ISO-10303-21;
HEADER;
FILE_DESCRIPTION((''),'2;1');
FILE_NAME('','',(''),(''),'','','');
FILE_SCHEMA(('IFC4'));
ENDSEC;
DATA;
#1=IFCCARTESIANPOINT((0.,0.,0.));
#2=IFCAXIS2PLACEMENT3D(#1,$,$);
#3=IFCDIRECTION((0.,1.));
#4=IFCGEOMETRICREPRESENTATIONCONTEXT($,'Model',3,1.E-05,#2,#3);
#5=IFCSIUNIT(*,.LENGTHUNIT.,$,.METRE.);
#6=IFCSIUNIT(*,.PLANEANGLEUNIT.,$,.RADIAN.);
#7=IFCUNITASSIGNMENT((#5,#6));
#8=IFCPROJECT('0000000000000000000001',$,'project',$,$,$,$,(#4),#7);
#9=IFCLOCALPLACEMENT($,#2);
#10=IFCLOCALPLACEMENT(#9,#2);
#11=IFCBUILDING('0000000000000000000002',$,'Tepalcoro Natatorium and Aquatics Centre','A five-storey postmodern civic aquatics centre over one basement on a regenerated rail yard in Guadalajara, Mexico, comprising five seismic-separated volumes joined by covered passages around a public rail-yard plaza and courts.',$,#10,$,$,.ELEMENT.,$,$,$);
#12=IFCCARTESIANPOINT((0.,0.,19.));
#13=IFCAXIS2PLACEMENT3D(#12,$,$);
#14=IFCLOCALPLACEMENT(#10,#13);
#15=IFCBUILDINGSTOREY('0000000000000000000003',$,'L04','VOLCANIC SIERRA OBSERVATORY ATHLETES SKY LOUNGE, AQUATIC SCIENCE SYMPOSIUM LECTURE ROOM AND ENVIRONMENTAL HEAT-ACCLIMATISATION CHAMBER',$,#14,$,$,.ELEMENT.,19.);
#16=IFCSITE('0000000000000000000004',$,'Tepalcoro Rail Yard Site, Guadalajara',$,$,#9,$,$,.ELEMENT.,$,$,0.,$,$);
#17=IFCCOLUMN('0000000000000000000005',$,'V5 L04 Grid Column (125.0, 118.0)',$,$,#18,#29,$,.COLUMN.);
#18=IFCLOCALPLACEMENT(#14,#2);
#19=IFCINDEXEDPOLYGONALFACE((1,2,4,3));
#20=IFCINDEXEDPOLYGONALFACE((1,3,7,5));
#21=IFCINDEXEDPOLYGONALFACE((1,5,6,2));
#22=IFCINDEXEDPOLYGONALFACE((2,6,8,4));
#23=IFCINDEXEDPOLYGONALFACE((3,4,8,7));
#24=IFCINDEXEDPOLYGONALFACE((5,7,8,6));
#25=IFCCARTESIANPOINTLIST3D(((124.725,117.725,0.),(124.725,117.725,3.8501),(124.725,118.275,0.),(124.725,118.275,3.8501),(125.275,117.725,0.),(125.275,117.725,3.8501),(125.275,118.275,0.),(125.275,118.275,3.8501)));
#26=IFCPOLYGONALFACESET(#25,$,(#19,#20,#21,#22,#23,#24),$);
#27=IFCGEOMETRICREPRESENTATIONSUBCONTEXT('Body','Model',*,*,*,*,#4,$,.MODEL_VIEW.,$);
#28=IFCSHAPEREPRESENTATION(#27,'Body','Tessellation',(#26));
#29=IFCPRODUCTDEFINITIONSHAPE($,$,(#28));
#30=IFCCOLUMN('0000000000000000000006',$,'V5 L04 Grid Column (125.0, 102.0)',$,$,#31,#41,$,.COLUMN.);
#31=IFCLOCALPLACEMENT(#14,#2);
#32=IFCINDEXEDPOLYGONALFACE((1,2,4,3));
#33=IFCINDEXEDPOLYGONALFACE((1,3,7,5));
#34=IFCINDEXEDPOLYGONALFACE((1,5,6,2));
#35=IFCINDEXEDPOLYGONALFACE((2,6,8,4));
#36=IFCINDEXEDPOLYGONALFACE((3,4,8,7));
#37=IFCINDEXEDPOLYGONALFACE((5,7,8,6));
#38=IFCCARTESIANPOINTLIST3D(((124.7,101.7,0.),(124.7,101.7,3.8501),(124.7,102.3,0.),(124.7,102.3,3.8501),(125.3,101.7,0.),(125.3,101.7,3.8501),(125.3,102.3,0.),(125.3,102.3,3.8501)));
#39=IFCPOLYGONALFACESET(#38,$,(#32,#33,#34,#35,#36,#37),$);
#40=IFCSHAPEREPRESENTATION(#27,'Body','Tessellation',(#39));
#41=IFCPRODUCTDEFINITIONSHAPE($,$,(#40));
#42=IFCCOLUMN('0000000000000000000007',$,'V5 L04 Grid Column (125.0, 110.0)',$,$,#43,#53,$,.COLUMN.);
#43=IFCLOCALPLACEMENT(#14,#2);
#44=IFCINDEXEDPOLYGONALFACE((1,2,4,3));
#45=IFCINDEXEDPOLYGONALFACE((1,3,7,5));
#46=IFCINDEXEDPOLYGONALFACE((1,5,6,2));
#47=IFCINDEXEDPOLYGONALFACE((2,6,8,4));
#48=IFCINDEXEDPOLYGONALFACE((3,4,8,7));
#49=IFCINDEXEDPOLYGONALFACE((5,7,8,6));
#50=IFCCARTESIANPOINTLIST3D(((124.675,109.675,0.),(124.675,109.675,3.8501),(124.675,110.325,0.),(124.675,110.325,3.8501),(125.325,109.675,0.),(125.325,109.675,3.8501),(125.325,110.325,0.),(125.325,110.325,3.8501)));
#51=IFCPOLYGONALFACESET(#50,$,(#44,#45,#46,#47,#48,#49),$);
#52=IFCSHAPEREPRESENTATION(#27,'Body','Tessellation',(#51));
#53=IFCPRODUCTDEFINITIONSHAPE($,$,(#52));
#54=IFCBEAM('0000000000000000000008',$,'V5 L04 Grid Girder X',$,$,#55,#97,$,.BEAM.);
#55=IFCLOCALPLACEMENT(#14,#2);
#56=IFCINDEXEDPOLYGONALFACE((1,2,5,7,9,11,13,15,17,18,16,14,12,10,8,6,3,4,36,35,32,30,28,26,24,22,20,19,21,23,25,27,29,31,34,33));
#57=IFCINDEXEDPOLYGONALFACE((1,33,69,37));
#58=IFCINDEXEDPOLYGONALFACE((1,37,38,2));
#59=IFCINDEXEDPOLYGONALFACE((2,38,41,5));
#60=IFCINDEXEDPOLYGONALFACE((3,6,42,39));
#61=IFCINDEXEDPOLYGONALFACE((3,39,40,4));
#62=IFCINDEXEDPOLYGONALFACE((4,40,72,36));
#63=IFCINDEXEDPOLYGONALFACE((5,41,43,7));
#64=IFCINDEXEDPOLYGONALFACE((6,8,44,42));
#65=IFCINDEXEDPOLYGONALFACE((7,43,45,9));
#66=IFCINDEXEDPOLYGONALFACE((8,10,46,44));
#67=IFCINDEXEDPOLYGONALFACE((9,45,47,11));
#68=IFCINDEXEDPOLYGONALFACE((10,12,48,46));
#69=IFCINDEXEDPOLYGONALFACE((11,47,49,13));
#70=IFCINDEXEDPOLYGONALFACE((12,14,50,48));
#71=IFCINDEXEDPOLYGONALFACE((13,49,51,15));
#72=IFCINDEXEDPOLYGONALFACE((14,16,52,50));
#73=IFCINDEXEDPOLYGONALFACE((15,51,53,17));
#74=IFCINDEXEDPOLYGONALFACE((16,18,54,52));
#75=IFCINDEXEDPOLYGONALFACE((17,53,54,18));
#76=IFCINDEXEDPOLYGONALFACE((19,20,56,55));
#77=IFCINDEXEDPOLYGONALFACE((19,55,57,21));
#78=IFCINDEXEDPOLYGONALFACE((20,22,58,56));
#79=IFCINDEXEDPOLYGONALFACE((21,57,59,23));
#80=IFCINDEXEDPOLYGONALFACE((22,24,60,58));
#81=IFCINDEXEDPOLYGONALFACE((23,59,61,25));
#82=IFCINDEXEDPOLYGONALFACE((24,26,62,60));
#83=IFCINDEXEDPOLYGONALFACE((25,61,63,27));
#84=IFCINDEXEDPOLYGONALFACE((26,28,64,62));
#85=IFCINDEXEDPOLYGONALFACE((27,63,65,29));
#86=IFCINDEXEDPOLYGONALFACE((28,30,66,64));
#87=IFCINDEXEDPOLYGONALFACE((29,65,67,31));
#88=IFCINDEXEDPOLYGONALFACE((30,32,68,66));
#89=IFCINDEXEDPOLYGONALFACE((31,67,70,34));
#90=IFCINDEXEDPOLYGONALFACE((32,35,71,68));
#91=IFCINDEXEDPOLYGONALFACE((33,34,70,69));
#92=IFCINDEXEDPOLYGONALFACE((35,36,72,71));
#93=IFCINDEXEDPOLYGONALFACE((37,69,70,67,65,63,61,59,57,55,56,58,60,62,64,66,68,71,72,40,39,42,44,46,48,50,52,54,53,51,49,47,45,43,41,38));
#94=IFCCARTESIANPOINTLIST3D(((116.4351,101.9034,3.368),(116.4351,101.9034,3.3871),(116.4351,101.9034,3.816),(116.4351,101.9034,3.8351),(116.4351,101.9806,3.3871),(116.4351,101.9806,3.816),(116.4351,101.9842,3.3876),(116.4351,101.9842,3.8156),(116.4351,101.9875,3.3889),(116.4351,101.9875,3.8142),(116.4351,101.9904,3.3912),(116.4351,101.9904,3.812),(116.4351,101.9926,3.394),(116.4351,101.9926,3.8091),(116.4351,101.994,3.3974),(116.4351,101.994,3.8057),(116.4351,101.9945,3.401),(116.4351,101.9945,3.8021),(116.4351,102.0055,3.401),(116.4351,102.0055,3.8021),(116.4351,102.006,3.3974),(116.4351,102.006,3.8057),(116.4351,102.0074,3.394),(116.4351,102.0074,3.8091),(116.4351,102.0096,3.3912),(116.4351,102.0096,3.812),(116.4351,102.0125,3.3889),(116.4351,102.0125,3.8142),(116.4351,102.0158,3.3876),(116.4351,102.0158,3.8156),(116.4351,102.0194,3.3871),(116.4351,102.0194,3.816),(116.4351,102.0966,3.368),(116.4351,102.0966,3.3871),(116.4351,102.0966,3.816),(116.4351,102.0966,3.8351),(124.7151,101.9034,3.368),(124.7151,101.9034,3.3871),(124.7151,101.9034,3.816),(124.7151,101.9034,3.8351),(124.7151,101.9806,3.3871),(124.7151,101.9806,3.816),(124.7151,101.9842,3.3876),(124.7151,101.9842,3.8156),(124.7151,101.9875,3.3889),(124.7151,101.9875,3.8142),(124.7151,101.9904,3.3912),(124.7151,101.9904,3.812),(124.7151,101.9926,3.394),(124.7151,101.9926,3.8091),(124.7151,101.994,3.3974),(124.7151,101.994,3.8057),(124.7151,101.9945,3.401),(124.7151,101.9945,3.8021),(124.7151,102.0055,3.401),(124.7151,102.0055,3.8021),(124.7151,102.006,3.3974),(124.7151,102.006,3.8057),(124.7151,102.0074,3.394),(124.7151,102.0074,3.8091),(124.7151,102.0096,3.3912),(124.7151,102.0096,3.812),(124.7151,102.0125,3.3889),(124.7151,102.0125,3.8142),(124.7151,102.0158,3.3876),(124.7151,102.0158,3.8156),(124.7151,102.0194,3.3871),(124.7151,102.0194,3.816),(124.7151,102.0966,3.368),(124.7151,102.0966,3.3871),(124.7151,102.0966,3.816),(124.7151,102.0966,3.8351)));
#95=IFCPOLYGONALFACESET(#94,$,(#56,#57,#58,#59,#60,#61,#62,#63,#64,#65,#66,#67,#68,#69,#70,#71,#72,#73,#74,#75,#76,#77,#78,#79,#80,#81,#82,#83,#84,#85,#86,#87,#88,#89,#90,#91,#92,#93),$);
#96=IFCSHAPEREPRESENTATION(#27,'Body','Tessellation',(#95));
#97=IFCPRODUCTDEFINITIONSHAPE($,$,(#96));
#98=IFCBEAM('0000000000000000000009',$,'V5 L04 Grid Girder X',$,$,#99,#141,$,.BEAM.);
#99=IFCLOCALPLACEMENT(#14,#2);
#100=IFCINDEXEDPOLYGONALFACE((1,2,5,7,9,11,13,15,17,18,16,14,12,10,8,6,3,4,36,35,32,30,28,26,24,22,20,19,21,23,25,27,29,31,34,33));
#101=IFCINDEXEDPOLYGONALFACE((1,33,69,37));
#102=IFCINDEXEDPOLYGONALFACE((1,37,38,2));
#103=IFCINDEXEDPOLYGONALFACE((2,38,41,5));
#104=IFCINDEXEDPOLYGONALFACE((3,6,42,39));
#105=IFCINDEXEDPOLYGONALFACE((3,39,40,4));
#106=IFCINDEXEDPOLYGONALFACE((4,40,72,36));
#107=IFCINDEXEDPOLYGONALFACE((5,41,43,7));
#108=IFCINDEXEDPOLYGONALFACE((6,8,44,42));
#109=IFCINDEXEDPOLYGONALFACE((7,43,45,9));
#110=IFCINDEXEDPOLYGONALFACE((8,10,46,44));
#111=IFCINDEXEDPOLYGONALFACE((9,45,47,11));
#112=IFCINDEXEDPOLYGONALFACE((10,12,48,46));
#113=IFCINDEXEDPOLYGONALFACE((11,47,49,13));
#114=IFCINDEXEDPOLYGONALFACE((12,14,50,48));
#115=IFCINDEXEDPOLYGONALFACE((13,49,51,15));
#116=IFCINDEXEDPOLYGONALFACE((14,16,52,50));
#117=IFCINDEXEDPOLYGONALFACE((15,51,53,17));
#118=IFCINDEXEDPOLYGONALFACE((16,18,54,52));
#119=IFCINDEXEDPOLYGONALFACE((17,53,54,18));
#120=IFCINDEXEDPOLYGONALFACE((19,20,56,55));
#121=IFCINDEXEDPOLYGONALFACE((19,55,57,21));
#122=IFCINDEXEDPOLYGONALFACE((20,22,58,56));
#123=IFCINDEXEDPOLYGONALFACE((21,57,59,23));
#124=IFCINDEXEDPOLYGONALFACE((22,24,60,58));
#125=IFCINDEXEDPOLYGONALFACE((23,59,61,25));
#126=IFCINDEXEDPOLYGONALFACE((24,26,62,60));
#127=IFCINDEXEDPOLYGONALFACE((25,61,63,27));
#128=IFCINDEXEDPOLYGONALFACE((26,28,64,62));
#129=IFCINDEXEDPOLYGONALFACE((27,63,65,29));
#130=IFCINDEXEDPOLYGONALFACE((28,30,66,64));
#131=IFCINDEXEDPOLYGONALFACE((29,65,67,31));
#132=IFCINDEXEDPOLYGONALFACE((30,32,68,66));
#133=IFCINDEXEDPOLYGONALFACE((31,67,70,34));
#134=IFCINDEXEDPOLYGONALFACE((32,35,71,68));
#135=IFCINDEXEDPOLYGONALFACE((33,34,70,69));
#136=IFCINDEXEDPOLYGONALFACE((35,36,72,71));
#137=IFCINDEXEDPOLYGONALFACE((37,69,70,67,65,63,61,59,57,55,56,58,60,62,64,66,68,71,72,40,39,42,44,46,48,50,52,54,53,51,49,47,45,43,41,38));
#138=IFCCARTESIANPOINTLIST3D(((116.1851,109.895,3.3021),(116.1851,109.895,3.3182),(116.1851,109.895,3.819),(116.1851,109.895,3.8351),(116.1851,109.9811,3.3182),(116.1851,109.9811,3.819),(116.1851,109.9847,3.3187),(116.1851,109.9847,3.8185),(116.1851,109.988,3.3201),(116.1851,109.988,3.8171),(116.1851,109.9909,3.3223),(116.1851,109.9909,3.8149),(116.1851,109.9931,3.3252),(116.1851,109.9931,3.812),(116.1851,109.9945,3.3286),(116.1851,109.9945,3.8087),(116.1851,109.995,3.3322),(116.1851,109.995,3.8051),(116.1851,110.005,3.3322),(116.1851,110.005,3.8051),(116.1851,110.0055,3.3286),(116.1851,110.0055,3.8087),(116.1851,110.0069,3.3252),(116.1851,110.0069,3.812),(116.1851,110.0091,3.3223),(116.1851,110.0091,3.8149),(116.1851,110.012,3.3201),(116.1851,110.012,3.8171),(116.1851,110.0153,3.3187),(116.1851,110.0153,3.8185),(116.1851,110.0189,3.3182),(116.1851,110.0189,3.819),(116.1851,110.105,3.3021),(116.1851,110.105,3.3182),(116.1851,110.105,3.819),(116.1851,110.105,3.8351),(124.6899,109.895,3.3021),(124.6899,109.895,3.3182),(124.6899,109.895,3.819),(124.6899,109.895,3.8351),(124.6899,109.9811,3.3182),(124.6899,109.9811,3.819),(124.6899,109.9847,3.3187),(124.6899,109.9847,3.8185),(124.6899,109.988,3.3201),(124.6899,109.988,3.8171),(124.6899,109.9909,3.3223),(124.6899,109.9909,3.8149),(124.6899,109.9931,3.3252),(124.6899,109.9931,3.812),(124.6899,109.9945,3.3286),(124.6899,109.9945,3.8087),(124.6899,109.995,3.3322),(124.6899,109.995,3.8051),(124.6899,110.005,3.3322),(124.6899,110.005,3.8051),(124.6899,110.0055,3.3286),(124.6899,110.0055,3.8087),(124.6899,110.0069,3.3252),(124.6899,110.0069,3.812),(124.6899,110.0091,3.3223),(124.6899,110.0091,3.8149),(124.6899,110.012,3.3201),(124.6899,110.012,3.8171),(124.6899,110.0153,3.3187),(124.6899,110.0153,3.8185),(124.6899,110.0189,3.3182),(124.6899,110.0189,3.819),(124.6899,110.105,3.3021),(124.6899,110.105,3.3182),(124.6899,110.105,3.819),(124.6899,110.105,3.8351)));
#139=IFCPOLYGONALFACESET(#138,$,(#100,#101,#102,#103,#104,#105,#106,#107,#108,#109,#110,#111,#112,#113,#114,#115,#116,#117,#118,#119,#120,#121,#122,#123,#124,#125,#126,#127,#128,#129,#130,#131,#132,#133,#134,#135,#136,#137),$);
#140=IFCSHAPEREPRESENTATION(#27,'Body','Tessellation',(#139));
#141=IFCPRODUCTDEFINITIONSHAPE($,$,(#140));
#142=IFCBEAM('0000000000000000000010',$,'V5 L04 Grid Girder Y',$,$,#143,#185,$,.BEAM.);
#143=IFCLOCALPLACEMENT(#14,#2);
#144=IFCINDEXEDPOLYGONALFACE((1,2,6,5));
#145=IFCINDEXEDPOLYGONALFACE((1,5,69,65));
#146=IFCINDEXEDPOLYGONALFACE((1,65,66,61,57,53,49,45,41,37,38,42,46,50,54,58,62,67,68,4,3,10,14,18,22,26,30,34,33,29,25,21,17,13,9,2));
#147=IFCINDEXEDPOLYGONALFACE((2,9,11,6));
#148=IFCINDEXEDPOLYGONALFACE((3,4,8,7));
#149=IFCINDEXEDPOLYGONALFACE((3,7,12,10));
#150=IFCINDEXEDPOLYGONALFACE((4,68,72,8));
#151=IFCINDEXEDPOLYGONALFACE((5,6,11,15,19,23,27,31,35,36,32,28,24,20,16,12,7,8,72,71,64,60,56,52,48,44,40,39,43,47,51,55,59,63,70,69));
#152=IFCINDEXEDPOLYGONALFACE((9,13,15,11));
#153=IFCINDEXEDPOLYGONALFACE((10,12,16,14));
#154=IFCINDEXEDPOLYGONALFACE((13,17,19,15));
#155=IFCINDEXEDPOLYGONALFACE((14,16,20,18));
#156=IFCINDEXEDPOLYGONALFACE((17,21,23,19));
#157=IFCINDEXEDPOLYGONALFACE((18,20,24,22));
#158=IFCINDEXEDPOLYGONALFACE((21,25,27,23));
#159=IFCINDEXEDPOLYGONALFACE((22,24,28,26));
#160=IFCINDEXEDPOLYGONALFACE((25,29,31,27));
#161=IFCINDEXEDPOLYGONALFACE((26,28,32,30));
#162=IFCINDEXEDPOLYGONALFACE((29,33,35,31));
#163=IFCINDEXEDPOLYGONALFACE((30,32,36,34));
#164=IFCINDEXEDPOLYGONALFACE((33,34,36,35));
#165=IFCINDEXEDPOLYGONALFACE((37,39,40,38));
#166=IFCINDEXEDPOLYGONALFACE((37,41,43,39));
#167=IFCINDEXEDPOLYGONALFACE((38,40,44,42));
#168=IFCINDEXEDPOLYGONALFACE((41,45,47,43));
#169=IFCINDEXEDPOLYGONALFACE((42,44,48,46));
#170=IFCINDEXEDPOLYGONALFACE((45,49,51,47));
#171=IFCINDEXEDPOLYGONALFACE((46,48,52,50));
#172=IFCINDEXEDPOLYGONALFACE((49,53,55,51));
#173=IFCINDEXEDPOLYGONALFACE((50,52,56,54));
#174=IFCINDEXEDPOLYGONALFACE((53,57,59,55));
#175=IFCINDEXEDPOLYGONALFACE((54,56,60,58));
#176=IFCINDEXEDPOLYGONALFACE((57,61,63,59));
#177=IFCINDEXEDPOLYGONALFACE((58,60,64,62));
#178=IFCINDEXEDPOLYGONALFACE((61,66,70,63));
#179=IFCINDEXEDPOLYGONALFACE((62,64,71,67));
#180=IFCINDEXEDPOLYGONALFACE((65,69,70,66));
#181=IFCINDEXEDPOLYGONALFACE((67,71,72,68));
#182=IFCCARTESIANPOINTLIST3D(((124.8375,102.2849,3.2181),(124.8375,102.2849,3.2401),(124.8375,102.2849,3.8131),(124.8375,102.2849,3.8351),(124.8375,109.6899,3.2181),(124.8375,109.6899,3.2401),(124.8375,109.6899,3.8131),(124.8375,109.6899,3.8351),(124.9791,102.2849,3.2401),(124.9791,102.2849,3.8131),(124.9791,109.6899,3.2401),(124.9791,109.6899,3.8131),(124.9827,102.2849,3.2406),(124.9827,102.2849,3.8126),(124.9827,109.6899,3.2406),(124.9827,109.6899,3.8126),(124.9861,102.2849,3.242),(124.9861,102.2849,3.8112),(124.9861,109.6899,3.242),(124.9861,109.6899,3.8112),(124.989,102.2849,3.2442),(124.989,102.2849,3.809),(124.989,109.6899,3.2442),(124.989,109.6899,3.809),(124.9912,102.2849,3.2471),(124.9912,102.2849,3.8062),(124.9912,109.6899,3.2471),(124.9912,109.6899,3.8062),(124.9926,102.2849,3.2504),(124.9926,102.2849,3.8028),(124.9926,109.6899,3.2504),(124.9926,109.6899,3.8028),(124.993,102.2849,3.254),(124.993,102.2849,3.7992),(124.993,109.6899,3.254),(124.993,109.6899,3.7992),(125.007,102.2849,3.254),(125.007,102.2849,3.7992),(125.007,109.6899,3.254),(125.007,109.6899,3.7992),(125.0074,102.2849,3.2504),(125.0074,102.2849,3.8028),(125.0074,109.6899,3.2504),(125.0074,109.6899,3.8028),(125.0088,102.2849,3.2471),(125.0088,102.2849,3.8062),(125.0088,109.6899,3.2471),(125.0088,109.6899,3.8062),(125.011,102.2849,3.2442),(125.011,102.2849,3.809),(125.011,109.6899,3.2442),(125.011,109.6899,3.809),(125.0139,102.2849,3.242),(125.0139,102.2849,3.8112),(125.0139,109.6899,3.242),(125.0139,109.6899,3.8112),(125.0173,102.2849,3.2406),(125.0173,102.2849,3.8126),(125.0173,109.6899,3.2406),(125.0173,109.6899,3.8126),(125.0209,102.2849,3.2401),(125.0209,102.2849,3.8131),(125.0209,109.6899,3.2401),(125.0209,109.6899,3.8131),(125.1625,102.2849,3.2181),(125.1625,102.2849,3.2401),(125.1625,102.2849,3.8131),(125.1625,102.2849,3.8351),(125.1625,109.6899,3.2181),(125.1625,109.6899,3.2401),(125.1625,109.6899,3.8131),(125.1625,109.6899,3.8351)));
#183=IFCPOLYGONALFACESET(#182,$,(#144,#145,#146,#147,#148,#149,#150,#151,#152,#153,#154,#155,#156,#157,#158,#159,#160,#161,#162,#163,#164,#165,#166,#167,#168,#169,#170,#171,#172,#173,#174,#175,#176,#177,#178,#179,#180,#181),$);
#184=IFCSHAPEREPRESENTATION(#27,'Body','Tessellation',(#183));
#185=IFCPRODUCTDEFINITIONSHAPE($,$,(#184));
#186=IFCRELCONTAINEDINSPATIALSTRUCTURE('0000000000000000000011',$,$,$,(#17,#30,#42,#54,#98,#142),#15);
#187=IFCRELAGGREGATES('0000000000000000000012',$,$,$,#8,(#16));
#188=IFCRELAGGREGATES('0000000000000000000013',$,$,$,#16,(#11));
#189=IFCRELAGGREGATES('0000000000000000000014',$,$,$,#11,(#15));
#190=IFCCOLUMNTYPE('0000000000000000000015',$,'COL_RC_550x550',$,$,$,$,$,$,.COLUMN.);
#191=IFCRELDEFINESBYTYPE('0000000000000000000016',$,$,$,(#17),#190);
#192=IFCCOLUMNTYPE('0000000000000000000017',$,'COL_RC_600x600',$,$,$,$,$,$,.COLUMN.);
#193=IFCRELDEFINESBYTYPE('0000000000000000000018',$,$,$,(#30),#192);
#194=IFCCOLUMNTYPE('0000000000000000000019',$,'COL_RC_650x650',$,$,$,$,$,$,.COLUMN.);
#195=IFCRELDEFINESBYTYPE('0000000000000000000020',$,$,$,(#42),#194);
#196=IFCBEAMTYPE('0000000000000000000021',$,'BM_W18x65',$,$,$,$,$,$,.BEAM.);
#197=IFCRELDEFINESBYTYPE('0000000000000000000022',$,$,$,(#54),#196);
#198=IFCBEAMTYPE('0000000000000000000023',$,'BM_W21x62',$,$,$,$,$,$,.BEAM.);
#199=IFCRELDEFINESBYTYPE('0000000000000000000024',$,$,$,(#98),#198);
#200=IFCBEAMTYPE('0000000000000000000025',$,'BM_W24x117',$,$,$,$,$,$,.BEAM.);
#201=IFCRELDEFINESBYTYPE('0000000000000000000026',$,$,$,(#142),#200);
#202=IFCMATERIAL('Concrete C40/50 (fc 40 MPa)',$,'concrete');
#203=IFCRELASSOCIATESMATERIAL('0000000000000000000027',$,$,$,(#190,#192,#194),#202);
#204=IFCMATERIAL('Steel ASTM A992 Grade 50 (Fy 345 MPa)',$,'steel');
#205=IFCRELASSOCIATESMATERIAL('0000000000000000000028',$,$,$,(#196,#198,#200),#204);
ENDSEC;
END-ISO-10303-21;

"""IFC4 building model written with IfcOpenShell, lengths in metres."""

from ifc_helpers import new_model, si_unit, direction, frame, origin, origin_2d, place, context, subcontext, project, spatial, rectangle, i_section, extrude, material, material_profile, profile_set, type_object, element, save


model = new_model("IFC4")

# Units and contexts
model_context = context("Model", 3, precision=1e-05, world=origin(), true_north=direction((0.0, 1.0)))
body_context = subcontext(model_context, "Body", "Model", "MODEL_VIEW")
ifc_project = project(units=[si_unit("LENGTHUNIT", "METRE"), si_unit("PLANEANGLEUNIT", "RADIAN")], contexts=[model_context])

# Site, building, storey
site_placement = place(None, origin())
site = spatial("IfcSite", under=ifc_project, at=site_placement, Name="Tepalcoro Rail Yard Site, Guadalajara", CompositionType="ELEMENT", RefElevation=0.0)
building_placement = place(site_placement, origin())
building = spatial("IfcBuilding", under=site, at=building_placement, Name="Tepalcoro Natatorium and Aquatics Centre", Description="A five-storey postmodern civic aquatics centre over one basement on a regenerated rail yard in Guadalajara, Mexico, comprising five seismic-separated volumes joined by covered passages around a public rail-yard plaza and courts.", CompositionType="ELEMENT")
storey_placement = place(building_placement, frame((0.0, 0.0, 19.0)))
storey = spatial("IfcBuildingStorey", under=building, at=storey_placement, Name="L04", Description="VOLCANIC SIERRA OBSERVATORY ATHLETES SKY LOUNGE, AQUATIC SCIENCE SYMPOSIUM LECTURE ROOM AND ENVIRONMENTAL HEAT-ACCLIMATISATION CHAMBER", CompositionType="ELEMENT", Elevation=19.0)

# Columns
ifc_material_1 = material(Name="Concrete C40/50 (fc 40 MPa)", Category="concrete")
ifc_material_profile_1 = material_profile(ifc_material_1, rectangle(XDim=0.55, YDim=0.55, at=origin_2d()), Name="RC550x550")
ifc_profile_set_1 = profile_set([ifc_material_profile_1], Name="Concrete C40/50 (fc 40 MPa)")
column_type_1 = type_object("IfcColumnType", Name="COL_RC_550x550", PredefinedType="COLUMN", material=ifc_profile_set_1)
column_1_placement = place(storey_placement, frame((125.0, 118.0, 0.0), z_axis=(0.0, 0.0, 1.0), x_axis=(1.0, 0.0, 0.0)))
element("IfcColumn", 1, at=column_1_placement, inside=storey, type_object=column_type_1, Name="V5 L04 Grid Column (125.0, 118.0)", PredefinedType="COLUMN", context=body_context, shape_type="SweptSolid", body=[
    extrude(rectangle(XDim=0.55, YDim=0.55, at=origin_2d()), origin(), (0.0, 0.0, 1.0), 3.8501),
])
ifc_material_profile_2 = material_profile(ifc_material_1, rectangle(XDim=0.6001, YDim=0.6001, at=origin_2d()), Name="RC600x600")
ifc_profile_set_2 = profile_set([ifc_material_profile_2], Name="Concrete C40/50 (fc 40 MPa)")
column_type_2 = type_object("IfcColumnType", Name="COL_RC_600x600", PredefinedType="COLUMN", material=ifc_profile_set_2)
column_2_placement = place(storey_placement, frame((125.0, 102.0, 0.0), z_axis=(0.0, 0.0, 1.0), x_axis=(1.0, 0.0, 0.0)))
element("IfcColumn", 2, at=column_2_placement, inside=storey, type_object=column_type_2, Name="V5 L04 Grid Column (125.0, 102.0)", PredefinedType="COLUMN", context=body_context, shape_type="SweptSolid", body=[
    extrude(rectangle(XDim=0.6001, YDim=0.6001, at=origin_2d()), origin(), (0.0, 0.0, 1.0), 3.8501),
])
ifc_material_profile_3 = material_profile(ifc_material_1, rectangle(XDim=0.6499, YDim=0.6499, at=origin_2d()), Name="RC650x650")
ifc_profile_set_3 = profile_set([ifc_material_profile_3], Name="Concrete C40/50 (fc 40 MPa)")
column_type_3 = type_object("IfcColumnType", Name="COL_RC_650x650", PredefinedType="COLUMN", material=ifc_profile_set_3)
column_3_placement = place(storey_placement, frame((125.0, 110.0, 0.0), z_axis=(0.0, 0.0, 1.0), x_axis=(1.0, 0.0, 0.0)))
element("IfcColumn", 3, at=column_3_placement, inside=storey, type_object=column_type_3, Name="V5 L04 Grid Column (125.0, 110.0)", PredefinedType="COLUMN", context=body_context, shape_type="SweptSolid", body=[
    extrude(rectangle(XDim=0.6499, YDim=0.6499, at=origin_2d()), origin(), (0.0, 0.0, 1.0), 3.8501),
])

# Beams
ifc_material_2 = material(Name="Steel ASTM A992 Grade 50 (Fy 345 MPa)", Category="steel")
ifc_material_profile_4 = material_profile(ifc_material_2, i_section(OverallWidth=0.1931, OverallDepth=0.467, WebThickness=0.011, FlangeThickness=0.019, FilletRadius=0.0139, at=origin_2d()), Name="W18X65")
ifc_profile_set_4 = profile_set([ifc_material_profile_4], Name="Steel ASTM A992 Grade 50 (Fy 345 MPa)")
beam_type_1 = type_object("IfcBeamType", Name="BM_W18x65", PredefinedType="BEAM", material=ifc_profile_set_4)
beam_1_placement = place(storey_placement, frame((116.4351, 102.0, 3.6016), z_axis=(1.0, 0.0, 0.0), x_axis=(0.0, 1.0, 0.0)))
element("IfcBeam", 4, at=beam_1_placement, inside=storey, type_object=beam_type_1, Name="V5 L04 Grid Girder X", PredefinedType="BEAM", context=body_context, shape_type="SweptSolid", body=[
    extrude(i_section(OverallWidth=0.1931, OverallDepth=0.467, WebThickness=0.011, FlangeThickness=0.019, FilletRadius=0.0139, at=origin_2d()), origin(), (0.0, 0.0, 1.0), 8.28),
])
ifc_material_profile_5 = material_profile(ifc_material_2, i_section(OverallWidth=0.21, OverallDepth=0.533, WebThickness=0.01, FlangeThickness=0.0161, FilletRadius=0.0139, at=origin_2d()), Name="W21X62")
ifc_profile_set_5 = profile_set([ifc_material_profile_5], Name="Steel ASTM A992 Grade 50 (Fy 345 MPa)")
beam_type_2 = type_object("IfcBeamType", Name="BM_W21x62", PredefinedType="BEAM", material=ifc_profile_set_5)
beam_2_placement = place(storey_placement, frame((116.1851, 110.0, 3.5686), z_axis=(1.0, 0.0, 0.0), x_axis=(0.0, 1.0, 0.0)))
element("IfcBeam", 5, at=beam_2_placement, inside=storey, type_object=beam_type_2, Name="V5 L04 Grid Girder X", PredefinedType="BEAM", context=body_context, shape_type="SweptSolid", body=[
    extrude(i_section(OverallWidth=0.21, OverallDepth=0.533, WebThickness=0.01, FlangeThickness=0.0161, FilletRadius=0.0139, at=origin_2d()), origin(), (0.0, 0.0, 1.0), 8.5049),
])
ifc_material_profile_6 = material_profile(ifc_material_2, i_section(OverallWidth=0.325, OverallDepth=0.6169, WebThickness=0.0139, FlangeThickness=0.022, FilletRadius=0.0139, at=origin_2d()), Name="W24X117")
ifc_profile_set_6 = profile_set([ifc_material_profile_6], Name="Steel ASTM A992 Grade 50 (Fy 345 MPa)")
beam_type_3 = type_object("IfcBeamType", Name="BM_W24x117", PredefinedType="BEAM", material=ifc_profile_set_6)
beam_3_placement = place(storey_placement, frame((125.0, 102.2849, 3.5266), z_axis=(0.0, 1.0, 0.0), x_axis=(-1.0, 0.0, 0.0)))
element("IfcBeam", 6, at=beam_3_placement, inside=storey, type_object=beam_type_3, Name="V5 L04 Grid Girder Y", PredefinedType="BEAM", context=body_context, shape_type="SweptSolid", body=[
    extrude(i_section(OverallWidth=0.325, OverallDepth=0.6169, WebThickness=0.0139, FlangeThickness=0.022, FilletRadius=0.0139, at=origin_2d()), origin(), (0.0, 0.0, 1.0), 7.405),
])

save(model, "model.ifc")
